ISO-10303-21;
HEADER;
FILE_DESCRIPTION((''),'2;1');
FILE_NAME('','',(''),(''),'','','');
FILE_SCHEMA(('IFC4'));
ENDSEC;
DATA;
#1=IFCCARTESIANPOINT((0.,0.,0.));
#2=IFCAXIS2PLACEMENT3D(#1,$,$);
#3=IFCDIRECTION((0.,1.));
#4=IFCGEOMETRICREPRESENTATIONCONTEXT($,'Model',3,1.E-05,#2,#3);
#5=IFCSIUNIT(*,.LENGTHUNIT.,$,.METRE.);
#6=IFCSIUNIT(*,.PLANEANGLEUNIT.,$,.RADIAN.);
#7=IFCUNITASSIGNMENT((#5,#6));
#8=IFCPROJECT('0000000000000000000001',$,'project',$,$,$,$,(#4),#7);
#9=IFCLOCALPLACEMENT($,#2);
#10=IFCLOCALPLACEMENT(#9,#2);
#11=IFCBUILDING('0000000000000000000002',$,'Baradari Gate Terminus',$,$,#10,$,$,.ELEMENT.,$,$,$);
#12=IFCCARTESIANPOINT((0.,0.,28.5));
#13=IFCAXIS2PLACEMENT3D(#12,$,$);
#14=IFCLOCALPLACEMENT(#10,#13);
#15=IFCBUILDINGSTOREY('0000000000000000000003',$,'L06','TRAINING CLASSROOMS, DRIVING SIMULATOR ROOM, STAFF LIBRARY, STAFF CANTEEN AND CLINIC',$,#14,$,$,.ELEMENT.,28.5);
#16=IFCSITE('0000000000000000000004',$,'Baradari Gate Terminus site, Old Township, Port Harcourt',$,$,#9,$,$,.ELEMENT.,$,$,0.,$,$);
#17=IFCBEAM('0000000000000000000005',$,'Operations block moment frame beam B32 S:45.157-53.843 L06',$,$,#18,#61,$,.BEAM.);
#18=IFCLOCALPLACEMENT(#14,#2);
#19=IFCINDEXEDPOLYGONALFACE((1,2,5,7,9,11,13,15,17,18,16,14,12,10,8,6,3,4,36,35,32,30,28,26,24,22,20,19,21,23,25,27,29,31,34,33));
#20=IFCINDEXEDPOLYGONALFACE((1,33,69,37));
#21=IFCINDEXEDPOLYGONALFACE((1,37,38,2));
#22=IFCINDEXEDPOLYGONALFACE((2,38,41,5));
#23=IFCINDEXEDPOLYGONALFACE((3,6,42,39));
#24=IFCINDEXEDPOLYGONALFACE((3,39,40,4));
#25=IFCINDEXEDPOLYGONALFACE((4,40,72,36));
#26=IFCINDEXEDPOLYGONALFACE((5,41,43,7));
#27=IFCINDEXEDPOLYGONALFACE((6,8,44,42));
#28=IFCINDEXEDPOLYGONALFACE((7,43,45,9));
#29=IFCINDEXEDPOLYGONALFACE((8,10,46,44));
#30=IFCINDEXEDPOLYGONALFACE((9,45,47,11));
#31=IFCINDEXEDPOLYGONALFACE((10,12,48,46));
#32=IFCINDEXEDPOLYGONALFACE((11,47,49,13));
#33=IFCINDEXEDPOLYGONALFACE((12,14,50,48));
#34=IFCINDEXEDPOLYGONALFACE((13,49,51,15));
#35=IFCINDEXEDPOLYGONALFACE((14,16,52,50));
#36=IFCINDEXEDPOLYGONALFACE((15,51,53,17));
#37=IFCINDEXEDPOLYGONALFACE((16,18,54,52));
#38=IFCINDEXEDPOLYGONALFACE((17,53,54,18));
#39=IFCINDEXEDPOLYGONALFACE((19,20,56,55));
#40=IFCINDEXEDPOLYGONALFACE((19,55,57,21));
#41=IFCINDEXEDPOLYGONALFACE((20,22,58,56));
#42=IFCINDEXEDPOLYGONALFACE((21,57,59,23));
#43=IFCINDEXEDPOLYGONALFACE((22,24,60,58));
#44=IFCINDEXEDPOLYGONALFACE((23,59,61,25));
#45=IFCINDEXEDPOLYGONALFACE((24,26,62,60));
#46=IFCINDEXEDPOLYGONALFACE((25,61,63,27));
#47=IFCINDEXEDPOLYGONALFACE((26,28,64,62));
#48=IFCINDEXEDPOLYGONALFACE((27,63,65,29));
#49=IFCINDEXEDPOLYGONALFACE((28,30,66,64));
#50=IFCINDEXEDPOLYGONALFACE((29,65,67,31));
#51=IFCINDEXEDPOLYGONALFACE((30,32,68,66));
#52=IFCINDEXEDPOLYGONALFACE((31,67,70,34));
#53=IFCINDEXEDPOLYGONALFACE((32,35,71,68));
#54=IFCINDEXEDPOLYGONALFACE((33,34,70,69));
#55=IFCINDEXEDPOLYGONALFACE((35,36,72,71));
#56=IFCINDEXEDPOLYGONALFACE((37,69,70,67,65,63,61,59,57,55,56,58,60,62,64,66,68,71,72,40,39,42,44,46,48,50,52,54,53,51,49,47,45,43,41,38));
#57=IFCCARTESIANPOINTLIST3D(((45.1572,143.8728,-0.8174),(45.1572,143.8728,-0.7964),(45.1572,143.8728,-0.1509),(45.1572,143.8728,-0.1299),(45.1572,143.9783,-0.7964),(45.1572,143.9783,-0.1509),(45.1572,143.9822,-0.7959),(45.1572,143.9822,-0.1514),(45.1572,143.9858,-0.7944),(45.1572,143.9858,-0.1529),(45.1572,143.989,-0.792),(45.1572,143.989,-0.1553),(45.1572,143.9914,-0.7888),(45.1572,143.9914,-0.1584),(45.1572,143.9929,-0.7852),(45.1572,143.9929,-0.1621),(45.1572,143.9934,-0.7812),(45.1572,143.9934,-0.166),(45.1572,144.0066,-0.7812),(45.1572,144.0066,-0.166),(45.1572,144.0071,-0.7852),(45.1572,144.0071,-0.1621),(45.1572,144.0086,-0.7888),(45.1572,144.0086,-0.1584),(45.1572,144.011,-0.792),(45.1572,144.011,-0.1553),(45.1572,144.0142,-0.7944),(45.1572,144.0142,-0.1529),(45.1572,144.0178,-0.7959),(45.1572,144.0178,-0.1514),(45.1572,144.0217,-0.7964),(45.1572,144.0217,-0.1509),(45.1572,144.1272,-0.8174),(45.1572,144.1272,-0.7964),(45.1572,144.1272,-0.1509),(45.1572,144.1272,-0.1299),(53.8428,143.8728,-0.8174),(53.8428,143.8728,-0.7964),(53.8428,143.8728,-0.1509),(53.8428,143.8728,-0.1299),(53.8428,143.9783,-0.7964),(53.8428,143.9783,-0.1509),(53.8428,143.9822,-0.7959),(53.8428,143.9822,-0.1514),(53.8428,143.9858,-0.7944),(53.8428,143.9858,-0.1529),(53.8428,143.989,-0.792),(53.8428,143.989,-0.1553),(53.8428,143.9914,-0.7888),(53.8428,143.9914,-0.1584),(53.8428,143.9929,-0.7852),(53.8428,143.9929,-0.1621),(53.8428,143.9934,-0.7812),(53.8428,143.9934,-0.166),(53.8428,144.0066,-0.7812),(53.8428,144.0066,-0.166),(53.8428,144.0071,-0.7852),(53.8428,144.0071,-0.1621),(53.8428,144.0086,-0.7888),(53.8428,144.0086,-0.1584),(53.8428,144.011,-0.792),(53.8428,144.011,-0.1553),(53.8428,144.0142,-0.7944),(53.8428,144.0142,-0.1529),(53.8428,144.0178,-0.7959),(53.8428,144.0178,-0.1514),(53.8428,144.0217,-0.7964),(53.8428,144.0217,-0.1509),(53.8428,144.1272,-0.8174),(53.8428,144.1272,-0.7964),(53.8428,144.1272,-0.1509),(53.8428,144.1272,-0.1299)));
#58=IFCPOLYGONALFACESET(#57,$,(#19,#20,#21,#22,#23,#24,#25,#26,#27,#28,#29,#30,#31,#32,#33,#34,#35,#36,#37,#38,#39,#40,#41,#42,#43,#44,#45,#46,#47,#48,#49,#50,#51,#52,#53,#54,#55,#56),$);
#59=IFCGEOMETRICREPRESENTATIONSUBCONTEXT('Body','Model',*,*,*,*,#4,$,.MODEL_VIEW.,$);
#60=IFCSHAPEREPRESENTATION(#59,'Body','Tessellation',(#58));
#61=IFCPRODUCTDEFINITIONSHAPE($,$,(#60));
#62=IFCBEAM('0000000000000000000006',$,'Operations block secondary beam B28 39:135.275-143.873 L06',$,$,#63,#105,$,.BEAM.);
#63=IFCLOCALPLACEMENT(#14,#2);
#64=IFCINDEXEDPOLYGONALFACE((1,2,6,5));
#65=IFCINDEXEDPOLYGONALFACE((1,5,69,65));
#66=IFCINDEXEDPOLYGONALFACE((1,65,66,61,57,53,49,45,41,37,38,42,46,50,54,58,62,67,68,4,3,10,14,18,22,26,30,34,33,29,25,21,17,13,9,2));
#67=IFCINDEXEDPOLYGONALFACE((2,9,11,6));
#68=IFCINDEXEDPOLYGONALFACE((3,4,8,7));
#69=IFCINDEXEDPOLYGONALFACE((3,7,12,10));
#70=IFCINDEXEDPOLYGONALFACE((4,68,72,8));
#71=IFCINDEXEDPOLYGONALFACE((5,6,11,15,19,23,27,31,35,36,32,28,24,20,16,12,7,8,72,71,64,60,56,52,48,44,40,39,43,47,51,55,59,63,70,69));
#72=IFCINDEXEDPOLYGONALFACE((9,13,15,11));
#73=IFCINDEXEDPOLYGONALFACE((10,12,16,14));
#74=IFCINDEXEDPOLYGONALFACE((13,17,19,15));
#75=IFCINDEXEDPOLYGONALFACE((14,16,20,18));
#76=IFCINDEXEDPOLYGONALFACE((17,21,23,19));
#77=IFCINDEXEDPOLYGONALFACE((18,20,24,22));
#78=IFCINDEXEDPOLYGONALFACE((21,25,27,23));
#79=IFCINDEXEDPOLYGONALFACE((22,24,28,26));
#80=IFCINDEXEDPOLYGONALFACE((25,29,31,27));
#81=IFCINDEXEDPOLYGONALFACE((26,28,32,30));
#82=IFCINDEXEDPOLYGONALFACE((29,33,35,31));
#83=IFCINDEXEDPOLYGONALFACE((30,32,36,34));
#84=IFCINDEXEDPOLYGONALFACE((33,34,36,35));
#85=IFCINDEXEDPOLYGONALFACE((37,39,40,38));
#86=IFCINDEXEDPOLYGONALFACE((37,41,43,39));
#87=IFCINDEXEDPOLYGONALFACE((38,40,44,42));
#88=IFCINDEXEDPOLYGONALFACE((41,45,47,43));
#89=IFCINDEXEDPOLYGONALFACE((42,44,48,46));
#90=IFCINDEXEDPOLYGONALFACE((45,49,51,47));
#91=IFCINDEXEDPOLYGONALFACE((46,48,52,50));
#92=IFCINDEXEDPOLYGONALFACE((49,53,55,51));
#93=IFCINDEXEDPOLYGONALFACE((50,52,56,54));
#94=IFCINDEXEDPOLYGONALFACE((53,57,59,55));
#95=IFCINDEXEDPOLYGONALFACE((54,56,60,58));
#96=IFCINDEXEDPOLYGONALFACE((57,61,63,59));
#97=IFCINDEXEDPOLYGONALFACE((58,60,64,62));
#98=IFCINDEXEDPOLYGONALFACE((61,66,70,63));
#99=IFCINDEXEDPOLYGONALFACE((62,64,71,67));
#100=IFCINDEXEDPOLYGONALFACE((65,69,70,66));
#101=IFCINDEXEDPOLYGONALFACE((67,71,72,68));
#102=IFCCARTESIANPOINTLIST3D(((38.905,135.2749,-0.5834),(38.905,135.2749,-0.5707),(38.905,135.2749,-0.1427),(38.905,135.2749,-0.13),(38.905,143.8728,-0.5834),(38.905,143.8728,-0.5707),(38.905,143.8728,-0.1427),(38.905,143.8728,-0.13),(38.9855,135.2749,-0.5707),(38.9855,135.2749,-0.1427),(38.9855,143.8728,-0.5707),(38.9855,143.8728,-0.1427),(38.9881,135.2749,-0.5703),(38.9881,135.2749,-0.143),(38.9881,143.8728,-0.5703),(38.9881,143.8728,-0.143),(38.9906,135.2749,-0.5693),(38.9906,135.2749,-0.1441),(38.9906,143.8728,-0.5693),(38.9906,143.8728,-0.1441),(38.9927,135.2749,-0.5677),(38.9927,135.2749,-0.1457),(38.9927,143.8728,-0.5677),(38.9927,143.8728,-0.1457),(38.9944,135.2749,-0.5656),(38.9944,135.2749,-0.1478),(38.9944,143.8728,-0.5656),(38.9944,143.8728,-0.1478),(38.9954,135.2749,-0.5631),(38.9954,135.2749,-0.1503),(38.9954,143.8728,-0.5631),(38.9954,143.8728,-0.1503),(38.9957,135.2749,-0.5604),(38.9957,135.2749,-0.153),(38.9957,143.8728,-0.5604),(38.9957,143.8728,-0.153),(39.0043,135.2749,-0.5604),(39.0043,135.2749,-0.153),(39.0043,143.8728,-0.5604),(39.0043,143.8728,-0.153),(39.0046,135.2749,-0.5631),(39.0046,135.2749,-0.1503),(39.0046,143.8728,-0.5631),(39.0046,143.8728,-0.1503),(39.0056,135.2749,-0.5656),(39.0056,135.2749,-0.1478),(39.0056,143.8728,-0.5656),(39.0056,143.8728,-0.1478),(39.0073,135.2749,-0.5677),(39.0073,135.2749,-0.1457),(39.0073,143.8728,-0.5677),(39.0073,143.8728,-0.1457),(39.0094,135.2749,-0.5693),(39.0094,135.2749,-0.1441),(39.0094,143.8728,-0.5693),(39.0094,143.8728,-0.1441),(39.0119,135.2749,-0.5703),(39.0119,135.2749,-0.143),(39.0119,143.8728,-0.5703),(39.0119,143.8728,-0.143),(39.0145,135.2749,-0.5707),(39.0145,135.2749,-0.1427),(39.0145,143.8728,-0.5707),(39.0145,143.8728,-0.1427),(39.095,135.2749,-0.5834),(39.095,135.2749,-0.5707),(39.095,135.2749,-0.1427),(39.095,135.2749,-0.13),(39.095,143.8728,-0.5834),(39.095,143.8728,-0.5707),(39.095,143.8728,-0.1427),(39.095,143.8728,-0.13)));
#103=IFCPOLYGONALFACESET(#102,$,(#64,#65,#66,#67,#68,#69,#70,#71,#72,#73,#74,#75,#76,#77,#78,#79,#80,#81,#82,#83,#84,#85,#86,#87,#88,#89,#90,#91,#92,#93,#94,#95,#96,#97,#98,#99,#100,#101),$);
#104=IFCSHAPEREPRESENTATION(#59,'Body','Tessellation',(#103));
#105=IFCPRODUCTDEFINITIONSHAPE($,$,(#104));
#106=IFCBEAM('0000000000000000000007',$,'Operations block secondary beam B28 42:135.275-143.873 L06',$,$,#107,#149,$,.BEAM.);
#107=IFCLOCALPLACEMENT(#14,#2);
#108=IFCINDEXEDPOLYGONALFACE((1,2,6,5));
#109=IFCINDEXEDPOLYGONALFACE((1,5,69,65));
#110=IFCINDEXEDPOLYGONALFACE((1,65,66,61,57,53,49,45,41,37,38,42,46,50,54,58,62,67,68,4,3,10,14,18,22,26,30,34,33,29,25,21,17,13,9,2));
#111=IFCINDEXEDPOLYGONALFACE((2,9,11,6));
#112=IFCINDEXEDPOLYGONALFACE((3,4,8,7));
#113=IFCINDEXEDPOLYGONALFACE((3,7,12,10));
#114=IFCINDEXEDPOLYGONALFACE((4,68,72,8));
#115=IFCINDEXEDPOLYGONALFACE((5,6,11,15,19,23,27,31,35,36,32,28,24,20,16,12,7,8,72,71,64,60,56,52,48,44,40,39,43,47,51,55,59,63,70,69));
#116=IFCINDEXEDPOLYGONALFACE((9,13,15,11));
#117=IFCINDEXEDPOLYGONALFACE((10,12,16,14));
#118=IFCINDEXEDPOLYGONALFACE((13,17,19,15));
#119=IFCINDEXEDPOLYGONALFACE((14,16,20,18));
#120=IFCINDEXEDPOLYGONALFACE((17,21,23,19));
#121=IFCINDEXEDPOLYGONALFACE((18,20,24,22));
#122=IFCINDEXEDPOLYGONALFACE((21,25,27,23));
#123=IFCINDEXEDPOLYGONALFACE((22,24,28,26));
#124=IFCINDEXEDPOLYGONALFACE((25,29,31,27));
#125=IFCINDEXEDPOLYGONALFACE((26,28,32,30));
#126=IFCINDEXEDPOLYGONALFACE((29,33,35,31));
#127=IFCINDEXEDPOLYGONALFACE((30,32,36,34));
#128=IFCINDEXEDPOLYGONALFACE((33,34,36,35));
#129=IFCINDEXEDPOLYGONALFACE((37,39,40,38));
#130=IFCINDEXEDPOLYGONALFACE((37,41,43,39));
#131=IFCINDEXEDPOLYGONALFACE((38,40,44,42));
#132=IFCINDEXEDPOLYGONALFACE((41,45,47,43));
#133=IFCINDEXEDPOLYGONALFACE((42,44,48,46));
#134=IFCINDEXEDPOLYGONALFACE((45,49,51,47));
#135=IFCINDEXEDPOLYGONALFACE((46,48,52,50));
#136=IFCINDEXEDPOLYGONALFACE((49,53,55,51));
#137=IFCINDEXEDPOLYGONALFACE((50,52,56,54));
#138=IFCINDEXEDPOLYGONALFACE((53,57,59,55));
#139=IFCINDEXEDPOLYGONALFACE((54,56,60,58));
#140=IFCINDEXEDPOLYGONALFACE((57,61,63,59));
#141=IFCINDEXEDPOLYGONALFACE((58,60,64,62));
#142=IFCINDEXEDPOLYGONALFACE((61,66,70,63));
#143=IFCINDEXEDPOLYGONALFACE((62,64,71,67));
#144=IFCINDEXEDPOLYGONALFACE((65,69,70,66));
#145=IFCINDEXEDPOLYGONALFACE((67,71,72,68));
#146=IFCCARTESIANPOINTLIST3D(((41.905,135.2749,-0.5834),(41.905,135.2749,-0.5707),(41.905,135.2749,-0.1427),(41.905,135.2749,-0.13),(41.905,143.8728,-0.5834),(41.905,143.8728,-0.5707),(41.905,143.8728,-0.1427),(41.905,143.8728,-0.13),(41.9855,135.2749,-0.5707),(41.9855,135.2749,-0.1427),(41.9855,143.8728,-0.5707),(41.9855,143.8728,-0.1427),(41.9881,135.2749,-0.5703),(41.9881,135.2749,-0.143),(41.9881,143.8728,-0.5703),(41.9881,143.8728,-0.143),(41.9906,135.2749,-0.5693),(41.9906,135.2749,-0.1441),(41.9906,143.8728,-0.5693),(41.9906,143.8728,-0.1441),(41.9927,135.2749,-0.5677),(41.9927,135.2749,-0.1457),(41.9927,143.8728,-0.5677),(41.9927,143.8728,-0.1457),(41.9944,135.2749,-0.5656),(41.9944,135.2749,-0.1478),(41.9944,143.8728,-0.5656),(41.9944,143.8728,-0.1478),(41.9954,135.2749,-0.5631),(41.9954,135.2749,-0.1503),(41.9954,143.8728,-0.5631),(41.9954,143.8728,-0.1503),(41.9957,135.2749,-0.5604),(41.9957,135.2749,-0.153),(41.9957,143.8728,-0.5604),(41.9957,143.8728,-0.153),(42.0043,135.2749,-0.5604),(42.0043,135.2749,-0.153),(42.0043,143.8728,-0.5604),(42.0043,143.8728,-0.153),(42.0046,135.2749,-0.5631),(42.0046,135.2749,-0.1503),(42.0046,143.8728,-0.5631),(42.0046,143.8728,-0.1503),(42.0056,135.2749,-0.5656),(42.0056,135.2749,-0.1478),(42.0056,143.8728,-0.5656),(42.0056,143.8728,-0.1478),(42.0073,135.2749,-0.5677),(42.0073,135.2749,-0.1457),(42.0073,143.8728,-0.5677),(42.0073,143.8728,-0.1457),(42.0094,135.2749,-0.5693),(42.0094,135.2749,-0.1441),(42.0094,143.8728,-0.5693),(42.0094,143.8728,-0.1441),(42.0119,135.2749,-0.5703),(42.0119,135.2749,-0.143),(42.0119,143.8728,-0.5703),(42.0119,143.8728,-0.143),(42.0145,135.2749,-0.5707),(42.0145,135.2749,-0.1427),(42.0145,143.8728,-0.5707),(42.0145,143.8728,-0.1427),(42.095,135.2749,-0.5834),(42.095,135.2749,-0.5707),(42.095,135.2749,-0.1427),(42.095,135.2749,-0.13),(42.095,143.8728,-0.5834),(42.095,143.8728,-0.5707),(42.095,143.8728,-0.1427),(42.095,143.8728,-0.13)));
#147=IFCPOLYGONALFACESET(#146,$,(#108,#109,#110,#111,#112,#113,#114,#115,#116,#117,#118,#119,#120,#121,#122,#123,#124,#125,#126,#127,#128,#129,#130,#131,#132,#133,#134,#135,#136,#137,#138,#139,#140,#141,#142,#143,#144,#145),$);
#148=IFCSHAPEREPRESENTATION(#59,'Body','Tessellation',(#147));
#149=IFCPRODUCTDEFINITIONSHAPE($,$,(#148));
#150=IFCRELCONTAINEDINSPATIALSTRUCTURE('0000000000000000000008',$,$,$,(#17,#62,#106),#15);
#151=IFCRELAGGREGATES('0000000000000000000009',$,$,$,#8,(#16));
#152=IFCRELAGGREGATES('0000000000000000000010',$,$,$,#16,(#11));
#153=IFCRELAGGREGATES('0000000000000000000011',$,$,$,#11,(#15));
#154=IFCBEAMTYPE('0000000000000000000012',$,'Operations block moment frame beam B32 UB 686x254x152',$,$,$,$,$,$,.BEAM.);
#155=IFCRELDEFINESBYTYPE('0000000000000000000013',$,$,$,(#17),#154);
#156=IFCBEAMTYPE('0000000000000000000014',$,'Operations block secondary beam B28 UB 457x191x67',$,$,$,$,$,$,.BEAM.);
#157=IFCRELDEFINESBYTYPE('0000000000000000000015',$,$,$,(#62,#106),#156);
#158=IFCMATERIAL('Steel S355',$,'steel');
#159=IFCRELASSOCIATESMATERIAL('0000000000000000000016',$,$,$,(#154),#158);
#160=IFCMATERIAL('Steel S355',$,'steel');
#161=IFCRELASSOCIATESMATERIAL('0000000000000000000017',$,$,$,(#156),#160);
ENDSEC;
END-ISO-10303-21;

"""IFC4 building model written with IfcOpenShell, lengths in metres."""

from ifc_helpers import new_model, si_unit, direction, frame, origin, origin_2d, place, context, subcontext, project, spatial, i_section, extrude, material, material_profile, profile_set, type_object, element, save


model = new_model("IFC4")

# Units and contexts
model_context = context("Model", 3, precision=1e-05, world=origin(), true_north=direction((0.0, 1.0)))
body_context = subcontext(model_context, "Body", "Model", "MODEL_VIEW")
ifc_project = project(units=[si_unit("LENGTHUNIT", "METRE"), si_unit("PLANEANGLEUNIT", "RADIAN")], contexts=[model_context])

# Site, building, storey
site_placement = place(None, origin())
site = spatial("IfcSite", under=ifc_project, at=site_placement, Name="Baradari Gate Terminus site, Old Township, Port Harcourt", CompositionType="ELEMENT", RefElevation=0.0)
building_placement = place(site_placement, origin())
building = spatial("IfcBuilding", under=site, at=building_placement, Name="Baradari Gate Terminus", CompositionType="ELEMENT")
storey_placement = place(building_placement, frame((0.0, 0.0, 28.5)))
storey = spatial("IfcBuildingStorey", under=building, at=storey_placement, Name="L06", Description="TRAINING CLASSROOMS, DRIVING SIMULATOR ROOM, STAFF LIBRARY, STAFF CANTEEN AND CLINIC", CompositionType="ELEMENT", Elevation=28.5)

# Beams
ifc_material_1 = material(Name="Steel S355", Category="steel")
ifc_material_profile_1 = material_profile(ifc_material_1, i_section(OverallWidth=0.2544, OverallDepth=0.6875, WebThickness=0.0132, FlangeThickness=0.021, FilletRadius=0.0151, at=origin_2d()), Name="UB 686x254x152")
ifc_profile_set_1 = profile_set([ifc_material_profile_1], Name="Steel S355")
beam_type_1 = type_object("IfcBeamType", Name="Operations block moment frame beam B32 UB 686x254x152", PredefinedType="BEAM", material=ifc_profile_set_1)
beam_1_placement = place(storey_placement, frame((45.1572, 144.0, -0.4736), z_axis=(1.0, 0.0, 0.0), x_axis=(0.0, 1.0, 0.0)))
element("IfcBeam", 1, at=beam_1_placement, inside=storey, type_object=beam_type_1, Name="Operations block moment frame beam B32 S:45.157-53.843 L06", PredefinedType="BEAM", context=body_context, shape_type="SweptSolid", body=[
    extrude(i_section(OverallWidth=0.2544, OverallDepth=0.6875, WebThickness=0.0132, FlangeThickness=0.021, FilletRadius=0.0151, at=origin_2d()), origin(), (0.0, 0.0, 1.0), 8.6855),
])
ifc_material_2 = material(Name="Steel S355", Category="steel")
ifc_material_profile_2 = material_profile(ifc_material_2, i_section(OverallWidth=0.1899, OverallDepth=0.4534, WebThickness=0.0085, FlangeThickness=0.0127, FilletRadius=0.0103, at=origin_2d()), Name="UB 457x191x67")
ifc_profile_set_2 = profile_set([ifc_material_profile_2], Name="Steel S355")
beam_type_2 = type_object("IfcBeamType", Name="Operations block secondary beam B28 UB 457x191x67", PredefinedType="BEAM", material=ifc_profile_set_2)
for number, where, z_axis, x_axis, name in (
    (2, (39.0, 135.2749, -0.3567), (0.0, 1.0, 0.0), (-1.0, 0.0, 0.0), "Operations block secondary beam B28 39:135.275-143.873 L06"),
    (3, (42.0, 135.2749, -0.3567), (0.0, 1.0, 0.0), (-1.0, 0.0, 0.0), "Operations block secondary beam B28 42:135.275-143.873 L06"),
):
    element("IfcBeam", number, at=place(storey_placement, frame(where, z_axis=z_axis, x_axis=x_axis)), inside=storey, type_object=beam_type_2, Name=name, PredefinedType="BEAM", context=body_context, shape_type="SweptSolid", body=[
        extrude(i_section(OverallWidth=0.1899, OverallDepth=0.4534, WebThickness=0.0085, FlangeThickness=0.0127, FilletRadius=0.0103, at=origin_2d()), origin(), (0.0, 0.0, 1.0), 8.5979),
    ])

save(model, "model.ifc")
